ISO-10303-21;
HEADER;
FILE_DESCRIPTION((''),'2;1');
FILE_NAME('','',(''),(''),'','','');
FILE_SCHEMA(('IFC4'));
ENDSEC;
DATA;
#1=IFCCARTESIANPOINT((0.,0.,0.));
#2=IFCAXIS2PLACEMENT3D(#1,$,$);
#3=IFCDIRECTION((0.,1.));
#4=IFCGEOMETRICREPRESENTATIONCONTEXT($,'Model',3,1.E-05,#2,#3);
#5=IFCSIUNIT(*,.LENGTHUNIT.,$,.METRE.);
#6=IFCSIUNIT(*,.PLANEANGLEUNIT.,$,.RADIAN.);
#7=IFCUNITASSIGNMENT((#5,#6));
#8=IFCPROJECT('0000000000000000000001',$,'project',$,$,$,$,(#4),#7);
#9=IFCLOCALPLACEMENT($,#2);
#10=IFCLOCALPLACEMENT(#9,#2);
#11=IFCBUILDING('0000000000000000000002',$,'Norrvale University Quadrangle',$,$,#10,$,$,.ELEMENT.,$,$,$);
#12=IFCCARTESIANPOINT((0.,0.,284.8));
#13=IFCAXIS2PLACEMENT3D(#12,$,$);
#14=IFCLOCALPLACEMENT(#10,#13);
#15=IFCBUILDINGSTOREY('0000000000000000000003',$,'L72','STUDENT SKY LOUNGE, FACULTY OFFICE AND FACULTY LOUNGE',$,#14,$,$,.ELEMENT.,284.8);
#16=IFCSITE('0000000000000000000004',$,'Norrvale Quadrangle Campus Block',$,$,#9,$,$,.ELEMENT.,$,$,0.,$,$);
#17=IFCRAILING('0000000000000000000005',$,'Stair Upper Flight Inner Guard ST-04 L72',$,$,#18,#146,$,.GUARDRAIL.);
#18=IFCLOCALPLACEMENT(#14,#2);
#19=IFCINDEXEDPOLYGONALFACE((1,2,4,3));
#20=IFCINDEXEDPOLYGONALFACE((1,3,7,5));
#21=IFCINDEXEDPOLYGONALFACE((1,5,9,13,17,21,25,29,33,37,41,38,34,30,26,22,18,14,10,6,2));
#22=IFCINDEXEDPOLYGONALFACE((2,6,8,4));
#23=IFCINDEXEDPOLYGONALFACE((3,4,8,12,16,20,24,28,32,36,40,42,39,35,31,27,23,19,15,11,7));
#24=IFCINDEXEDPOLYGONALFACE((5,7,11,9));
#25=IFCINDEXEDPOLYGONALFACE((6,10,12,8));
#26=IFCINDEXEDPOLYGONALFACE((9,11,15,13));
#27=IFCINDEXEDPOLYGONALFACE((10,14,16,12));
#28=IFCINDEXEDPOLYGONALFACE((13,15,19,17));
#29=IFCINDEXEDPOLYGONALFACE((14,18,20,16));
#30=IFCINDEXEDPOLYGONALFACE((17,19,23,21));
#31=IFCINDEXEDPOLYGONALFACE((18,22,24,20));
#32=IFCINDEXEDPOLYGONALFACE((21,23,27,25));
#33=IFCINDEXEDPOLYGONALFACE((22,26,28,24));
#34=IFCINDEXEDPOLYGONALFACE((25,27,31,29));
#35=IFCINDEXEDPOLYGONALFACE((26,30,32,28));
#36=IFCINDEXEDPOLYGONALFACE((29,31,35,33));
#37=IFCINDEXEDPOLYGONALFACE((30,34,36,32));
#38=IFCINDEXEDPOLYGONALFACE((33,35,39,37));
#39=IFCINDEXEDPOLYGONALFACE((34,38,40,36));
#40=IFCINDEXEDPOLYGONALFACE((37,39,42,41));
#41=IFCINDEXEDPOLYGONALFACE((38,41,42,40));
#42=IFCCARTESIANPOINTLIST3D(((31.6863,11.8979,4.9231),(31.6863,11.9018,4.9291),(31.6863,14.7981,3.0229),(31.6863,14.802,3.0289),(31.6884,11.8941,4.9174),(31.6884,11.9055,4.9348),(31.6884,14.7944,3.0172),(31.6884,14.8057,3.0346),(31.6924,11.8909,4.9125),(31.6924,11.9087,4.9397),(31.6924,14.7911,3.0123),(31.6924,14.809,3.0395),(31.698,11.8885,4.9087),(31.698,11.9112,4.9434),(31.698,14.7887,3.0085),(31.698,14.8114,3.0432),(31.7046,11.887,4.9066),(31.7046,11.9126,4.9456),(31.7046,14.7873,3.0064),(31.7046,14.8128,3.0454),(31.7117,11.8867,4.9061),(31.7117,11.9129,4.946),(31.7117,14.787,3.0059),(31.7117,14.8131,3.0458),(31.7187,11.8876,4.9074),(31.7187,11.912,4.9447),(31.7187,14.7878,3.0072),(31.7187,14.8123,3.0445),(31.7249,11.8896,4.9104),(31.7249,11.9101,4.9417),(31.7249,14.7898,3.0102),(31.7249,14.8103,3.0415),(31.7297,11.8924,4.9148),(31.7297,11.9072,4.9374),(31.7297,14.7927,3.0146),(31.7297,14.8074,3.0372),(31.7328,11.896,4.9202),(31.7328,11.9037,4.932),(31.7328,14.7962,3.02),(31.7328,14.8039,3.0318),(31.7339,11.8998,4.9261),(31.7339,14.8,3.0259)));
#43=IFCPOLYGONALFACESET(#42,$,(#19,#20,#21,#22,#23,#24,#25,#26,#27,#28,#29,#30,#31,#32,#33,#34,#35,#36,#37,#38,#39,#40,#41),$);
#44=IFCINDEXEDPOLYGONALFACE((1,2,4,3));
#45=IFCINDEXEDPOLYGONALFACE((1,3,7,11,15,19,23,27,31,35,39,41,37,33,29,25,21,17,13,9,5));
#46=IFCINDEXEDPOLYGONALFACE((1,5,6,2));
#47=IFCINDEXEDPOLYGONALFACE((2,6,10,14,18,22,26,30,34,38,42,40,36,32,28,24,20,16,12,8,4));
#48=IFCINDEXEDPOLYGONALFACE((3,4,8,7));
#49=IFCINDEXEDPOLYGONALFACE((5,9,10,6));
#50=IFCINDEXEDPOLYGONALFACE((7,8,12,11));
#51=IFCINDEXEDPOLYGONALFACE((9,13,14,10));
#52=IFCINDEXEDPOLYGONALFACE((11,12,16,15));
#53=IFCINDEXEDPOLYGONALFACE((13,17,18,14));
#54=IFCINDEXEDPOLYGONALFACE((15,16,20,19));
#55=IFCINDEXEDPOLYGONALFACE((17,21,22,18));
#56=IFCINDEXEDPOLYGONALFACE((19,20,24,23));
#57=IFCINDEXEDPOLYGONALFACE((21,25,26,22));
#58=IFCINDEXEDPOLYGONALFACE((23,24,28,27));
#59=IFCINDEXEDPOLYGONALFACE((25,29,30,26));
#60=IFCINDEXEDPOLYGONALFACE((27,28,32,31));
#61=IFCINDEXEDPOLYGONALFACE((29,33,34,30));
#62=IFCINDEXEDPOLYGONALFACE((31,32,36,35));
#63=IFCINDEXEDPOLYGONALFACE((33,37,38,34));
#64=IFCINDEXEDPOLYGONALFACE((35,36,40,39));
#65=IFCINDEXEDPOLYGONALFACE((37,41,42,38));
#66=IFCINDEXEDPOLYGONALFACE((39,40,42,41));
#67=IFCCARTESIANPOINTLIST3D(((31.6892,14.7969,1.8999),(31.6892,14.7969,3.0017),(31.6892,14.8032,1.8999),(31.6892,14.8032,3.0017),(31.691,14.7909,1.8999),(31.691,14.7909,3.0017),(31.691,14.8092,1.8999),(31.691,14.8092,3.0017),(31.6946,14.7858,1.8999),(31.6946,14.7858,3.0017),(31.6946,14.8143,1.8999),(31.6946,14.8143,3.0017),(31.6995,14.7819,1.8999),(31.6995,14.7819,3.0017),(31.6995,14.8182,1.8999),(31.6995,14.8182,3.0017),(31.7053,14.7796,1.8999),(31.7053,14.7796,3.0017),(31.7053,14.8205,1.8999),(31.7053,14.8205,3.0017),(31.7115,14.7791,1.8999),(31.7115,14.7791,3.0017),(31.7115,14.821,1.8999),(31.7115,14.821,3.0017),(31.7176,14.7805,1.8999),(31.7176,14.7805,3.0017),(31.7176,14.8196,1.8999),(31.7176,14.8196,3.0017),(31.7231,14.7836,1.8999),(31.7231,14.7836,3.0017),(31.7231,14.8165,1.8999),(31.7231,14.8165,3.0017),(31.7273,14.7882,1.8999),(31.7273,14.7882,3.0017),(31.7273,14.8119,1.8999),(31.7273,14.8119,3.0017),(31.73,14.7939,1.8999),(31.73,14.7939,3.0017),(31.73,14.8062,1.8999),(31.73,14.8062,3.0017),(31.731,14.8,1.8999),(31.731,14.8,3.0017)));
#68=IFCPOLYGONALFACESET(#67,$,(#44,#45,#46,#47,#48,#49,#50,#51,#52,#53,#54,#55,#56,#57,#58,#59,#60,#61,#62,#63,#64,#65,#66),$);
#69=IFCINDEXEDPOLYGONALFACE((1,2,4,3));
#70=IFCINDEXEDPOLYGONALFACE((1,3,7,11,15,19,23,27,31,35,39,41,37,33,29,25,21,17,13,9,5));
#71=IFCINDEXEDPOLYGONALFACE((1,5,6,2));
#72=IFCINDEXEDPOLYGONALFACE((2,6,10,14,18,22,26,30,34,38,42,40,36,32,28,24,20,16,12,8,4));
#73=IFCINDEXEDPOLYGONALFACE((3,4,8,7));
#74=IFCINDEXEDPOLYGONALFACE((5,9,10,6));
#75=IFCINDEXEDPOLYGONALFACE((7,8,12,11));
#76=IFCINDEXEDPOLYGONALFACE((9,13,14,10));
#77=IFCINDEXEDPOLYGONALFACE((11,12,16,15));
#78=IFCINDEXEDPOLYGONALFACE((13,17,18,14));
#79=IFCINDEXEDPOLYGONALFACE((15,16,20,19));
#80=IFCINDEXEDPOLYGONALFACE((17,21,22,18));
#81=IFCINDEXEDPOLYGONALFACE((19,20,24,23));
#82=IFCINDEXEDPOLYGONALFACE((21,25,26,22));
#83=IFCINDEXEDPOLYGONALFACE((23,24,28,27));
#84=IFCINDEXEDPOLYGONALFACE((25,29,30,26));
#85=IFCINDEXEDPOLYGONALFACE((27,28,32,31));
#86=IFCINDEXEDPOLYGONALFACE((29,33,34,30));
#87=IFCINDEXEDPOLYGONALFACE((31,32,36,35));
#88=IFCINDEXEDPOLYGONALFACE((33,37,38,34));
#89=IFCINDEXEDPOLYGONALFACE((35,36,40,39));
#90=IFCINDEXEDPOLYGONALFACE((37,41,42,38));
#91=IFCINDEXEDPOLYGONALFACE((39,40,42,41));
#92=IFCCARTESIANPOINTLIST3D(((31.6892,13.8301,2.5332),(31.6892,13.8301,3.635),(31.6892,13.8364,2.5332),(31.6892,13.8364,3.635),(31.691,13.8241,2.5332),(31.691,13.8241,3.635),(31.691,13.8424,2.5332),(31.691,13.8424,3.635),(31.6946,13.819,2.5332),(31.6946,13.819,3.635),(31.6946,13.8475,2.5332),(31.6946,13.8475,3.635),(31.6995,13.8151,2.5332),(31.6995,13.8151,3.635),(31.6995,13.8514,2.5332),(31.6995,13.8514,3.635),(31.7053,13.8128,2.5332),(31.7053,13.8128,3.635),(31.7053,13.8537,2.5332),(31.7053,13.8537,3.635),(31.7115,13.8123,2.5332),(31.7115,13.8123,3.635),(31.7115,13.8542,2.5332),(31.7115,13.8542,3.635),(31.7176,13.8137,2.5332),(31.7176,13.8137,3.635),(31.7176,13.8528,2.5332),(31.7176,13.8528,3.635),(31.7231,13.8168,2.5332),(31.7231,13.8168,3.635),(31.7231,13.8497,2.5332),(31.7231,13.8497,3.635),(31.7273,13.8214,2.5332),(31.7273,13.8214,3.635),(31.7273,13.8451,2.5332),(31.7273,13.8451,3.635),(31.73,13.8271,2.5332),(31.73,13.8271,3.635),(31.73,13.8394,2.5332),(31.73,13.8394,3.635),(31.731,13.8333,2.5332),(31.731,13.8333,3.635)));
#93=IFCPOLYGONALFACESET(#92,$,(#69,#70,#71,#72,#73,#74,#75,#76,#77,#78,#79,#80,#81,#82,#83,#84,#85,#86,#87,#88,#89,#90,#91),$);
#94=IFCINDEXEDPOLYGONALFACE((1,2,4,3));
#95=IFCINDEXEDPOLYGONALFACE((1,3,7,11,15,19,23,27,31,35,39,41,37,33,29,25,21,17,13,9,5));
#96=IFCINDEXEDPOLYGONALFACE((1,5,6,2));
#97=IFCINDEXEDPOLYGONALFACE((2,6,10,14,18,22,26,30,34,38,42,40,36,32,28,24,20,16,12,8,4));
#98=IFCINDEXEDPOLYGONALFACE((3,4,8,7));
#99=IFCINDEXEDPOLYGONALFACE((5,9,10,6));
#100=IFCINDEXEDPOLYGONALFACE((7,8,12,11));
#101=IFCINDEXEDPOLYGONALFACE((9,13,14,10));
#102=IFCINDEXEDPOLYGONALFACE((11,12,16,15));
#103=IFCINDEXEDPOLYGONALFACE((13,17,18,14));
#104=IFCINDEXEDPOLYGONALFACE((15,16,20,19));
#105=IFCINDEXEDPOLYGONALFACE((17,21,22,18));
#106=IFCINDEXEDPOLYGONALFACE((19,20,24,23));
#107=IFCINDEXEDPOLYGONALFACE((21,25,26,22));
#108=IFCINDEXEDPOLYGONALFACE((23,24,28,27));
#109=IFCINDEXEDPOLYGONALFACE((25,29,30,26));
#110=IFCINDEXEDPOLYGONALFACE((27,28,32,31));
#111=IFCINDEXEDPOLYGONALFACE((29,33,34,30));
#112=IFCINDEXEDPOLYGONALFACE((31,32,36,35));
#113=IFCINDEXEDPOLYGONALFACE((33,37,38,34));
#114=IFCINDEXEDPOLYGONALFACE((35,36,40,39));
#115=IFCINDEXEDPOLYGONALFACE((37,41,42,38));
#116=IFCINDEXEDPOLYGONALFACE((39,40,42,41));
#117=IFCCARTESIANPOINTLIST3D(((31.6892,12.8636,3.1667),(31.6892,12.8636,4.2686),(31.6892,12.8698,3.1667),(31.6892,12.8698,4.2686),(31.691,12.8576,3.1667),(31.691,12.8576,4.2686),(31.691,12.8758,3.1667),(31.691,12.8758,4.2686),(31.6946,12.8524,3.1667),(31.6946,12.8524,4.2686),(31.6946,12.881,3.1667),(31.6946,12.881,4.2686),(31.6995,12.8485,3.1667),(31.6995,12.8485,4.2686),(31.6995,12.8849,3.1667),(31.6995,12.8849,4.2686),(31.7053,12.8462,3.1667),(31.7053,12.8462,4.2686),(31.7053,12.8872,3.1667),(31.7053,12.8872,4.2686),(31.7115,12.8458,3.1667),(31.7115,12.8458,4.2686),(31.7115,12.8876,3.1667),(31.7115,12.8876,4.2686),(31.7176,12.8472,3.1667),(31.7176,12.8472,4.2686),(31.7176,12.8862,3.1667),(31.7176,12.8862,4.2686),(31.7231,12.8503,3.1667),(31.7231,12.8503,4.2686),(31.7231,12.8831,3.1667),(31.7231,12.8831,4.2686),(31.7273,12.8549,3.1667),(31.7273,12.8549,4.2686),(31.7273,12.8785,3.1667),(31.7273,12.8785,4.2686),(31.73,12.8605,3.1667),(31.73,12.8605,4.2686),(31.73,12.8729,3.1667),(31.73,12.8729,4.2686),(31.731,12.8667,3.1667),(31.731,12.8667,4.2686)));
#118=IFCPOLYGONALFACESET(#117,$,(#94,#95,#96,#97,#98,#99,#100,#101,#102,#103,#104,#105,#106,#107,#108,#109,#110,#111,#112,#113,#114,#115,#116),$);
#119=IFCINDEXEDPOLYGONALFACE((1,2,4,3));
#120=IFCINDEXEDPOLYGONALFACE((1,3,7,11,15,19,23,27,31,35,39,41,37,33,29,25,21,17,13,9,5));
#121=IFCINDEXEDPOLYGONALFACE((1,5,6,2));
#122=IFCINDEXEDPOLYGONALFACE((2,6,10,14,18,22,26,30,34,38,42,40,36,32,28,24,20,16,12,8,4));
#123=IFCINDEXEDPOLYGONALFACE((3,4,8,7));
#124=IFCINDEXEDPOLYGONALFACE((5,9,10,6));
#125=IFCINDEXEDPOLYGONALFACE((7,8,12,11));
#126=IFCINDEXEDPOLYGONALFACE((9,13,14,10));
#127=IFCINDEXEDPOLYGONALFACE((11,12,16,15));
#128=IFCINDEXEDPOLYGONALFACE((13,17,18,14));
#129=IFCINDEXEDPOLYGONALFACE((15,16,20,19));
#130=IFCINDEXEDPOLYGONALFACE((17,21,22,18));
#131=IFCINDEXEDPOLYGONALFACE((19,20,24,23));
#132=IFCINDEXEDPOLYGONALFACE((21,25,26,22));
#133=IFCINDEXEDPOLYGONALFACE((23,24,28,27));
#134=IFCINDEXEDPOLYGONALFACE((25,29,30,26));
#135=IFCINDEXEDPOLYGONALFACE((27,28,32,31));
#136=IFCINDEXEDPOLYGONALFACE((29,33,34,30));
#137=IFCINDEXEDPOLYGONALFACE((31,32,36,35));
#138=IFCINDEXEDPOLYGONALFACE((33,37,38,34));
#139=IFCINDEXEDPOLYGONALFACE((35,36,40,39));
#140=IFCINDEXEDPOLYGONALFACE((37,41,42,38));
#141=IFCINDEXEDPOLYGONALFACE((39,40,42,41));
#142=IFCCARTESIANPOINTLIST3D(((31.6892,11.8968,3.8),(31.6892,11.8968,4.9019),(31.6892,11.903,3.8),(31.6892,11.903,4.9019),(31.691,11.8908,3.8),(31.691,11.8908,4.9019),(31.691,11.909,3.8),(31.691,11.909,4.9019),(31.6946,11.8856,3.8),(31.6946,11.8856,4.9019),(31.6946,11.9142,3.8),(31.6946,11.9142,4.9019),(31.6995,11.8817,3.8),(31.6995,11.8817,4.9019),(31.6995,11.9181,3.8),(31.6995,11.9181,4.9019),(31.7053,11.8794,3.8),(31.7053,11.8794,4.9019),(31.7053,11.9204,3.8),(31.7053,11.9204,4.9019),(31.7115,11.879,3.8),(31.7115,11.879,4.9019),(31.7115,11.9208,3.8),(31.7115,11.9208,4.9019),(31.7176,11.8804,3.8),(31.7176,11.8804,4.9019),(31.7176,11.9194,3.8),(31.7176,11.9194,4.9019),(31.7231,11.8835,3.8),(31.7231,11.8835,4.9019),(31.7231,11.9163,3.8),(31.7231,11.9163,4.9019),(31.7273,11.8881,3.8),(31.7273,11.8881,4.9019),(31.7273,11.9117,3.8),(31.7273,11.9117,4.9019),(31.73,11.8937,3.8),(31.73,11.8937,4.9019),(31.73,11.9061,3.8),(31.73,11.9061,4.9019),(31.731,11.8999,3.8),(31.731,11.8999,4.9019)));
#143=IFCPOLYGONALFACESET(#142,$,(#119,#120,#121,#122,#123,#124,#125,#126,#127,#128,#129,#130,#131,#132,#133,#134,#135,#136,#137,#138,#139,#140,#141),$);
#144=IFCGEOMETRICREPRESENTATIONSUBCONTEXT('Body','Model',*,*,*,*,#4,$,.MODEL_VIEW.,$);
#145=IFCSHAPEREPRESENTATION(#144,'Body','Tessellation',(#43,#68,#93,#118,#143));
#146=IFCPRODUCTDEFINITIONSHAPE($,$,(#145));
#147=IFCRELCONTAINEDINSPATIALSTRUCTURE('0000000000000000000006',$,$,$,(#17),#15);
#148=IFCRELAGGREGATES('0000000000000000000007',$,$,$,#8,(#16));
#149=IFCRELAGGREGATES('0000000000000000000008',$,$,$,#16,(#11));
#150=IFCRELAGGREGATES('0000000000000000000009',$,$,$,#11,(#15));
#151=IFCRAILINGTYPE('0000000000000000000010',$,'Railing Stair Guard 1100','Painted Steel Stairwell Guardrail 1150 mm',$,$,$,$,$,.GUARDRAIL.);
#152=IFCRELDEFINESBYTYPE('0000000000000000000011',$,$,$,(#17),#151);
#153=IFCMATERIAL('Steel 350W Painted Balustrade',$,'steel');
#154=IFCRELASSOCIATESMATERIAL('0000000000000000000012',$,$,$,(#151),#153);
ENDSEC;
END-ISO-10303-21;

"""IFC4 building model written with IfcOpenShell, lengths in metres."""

from ifc_helpers import new_model, si_unit, direction, frame, origin, origin_2d, place, context, subcontext, project, spatial, circle, extrude, material, type_object, element, save


model = new_model("IFC4")

# Units and contexts
model_context = context("Model", 3, precision=1e-05, world=origin(), true_north=direction((0.0, 1.0)))
body_context = subcontext(model_context, "Body", "Model", "MODEL_VIEW")
ifc_project = project(units=[si_unit("LENGTHUNIT", "METRE"), si_unit("PLANEANGLEUNIT", "RADIAN")], contexts=[model_context])

# Site, building, storey
site_placement = place(None, origin())
site = spatial("IfcSite", under=ifc_project, at=site_placement, Name="Norrvale Quadrangle Campus Block", CompositionType="ELEMENT", RefElevation=0.0)
building_placement = place(site_placement, origin())
building = spatial("IfcBuilding", under=site, at=building_placement, Name="Norrvale University Quadrangle", CompositionType="ELEMENT")
storey_placement = place(building_placement, frame((0.0, 0.0, 284.8)))
storey = spatial("IfcBuildingStorey", under=building, at=storey_placement, Name="L72", Description="STUDENT SKY LOUNGE, FACULTY OFFICE AND FACULTY LOUNGE", CompositionType="ELEMENT", Elevation=284.8)

# Railing
ifc_material_1 = material(Name="Steel 350W Painted Balustrade", Category="steel")
railing_type_1 = type_object("IfcRailingType", Name="Railing Stair Guard 1100", Description="Painted Steel Stairwell Guardrail 1150 mm", PredefinedType="GUARDRAIL", material=ifc_material_1)
railing_1_placement = place(storey_placement, frame((31.71, 14.8, 1.8999)))
element("IfcRailing", 1, at=railing_1_placement, inside=storey, type_object=railing_type_1, Name="Stair Upper Flight Inner Guard ST-04 L72", PredefinedType="GUARDRAIL", context=body_context, shape_type="SweptSolid", body=[
    extrude(circle(Radius=0.0239, at=origin_2d()), frame((0.0, 0.0, 1.126), z_axis=(0.0, -0.836454, 0.548036), x_axis=(1.0, 0.0, 0.0)), (0.0, 0.0, 1.0), 3.4673),
    extrude(circle(Radius=0.021, at=origin_2d()), origin(), (0.0, 0.0, 1.0), 1.1018),
    extrude(circle(Radius=0.021, at=origin_2d()), frame((0.0, -0.9668, 0.6333)), (0.0, 0.0, 1.0), 1.1018),
    extrude(circle(Radius=0.021, at=origin_2d()), frame((0.0, -1.9333, 1.2668)), (0.0, 0.0, 1.0), 1.1018),
    extrude(circle(Radius=0.021, at=origin_2d()), frame((0.0, -2.9001, 1.9001)), (0.0, 0.0, 1.0), 1.1018),
])

save(model, "model.ifc")
